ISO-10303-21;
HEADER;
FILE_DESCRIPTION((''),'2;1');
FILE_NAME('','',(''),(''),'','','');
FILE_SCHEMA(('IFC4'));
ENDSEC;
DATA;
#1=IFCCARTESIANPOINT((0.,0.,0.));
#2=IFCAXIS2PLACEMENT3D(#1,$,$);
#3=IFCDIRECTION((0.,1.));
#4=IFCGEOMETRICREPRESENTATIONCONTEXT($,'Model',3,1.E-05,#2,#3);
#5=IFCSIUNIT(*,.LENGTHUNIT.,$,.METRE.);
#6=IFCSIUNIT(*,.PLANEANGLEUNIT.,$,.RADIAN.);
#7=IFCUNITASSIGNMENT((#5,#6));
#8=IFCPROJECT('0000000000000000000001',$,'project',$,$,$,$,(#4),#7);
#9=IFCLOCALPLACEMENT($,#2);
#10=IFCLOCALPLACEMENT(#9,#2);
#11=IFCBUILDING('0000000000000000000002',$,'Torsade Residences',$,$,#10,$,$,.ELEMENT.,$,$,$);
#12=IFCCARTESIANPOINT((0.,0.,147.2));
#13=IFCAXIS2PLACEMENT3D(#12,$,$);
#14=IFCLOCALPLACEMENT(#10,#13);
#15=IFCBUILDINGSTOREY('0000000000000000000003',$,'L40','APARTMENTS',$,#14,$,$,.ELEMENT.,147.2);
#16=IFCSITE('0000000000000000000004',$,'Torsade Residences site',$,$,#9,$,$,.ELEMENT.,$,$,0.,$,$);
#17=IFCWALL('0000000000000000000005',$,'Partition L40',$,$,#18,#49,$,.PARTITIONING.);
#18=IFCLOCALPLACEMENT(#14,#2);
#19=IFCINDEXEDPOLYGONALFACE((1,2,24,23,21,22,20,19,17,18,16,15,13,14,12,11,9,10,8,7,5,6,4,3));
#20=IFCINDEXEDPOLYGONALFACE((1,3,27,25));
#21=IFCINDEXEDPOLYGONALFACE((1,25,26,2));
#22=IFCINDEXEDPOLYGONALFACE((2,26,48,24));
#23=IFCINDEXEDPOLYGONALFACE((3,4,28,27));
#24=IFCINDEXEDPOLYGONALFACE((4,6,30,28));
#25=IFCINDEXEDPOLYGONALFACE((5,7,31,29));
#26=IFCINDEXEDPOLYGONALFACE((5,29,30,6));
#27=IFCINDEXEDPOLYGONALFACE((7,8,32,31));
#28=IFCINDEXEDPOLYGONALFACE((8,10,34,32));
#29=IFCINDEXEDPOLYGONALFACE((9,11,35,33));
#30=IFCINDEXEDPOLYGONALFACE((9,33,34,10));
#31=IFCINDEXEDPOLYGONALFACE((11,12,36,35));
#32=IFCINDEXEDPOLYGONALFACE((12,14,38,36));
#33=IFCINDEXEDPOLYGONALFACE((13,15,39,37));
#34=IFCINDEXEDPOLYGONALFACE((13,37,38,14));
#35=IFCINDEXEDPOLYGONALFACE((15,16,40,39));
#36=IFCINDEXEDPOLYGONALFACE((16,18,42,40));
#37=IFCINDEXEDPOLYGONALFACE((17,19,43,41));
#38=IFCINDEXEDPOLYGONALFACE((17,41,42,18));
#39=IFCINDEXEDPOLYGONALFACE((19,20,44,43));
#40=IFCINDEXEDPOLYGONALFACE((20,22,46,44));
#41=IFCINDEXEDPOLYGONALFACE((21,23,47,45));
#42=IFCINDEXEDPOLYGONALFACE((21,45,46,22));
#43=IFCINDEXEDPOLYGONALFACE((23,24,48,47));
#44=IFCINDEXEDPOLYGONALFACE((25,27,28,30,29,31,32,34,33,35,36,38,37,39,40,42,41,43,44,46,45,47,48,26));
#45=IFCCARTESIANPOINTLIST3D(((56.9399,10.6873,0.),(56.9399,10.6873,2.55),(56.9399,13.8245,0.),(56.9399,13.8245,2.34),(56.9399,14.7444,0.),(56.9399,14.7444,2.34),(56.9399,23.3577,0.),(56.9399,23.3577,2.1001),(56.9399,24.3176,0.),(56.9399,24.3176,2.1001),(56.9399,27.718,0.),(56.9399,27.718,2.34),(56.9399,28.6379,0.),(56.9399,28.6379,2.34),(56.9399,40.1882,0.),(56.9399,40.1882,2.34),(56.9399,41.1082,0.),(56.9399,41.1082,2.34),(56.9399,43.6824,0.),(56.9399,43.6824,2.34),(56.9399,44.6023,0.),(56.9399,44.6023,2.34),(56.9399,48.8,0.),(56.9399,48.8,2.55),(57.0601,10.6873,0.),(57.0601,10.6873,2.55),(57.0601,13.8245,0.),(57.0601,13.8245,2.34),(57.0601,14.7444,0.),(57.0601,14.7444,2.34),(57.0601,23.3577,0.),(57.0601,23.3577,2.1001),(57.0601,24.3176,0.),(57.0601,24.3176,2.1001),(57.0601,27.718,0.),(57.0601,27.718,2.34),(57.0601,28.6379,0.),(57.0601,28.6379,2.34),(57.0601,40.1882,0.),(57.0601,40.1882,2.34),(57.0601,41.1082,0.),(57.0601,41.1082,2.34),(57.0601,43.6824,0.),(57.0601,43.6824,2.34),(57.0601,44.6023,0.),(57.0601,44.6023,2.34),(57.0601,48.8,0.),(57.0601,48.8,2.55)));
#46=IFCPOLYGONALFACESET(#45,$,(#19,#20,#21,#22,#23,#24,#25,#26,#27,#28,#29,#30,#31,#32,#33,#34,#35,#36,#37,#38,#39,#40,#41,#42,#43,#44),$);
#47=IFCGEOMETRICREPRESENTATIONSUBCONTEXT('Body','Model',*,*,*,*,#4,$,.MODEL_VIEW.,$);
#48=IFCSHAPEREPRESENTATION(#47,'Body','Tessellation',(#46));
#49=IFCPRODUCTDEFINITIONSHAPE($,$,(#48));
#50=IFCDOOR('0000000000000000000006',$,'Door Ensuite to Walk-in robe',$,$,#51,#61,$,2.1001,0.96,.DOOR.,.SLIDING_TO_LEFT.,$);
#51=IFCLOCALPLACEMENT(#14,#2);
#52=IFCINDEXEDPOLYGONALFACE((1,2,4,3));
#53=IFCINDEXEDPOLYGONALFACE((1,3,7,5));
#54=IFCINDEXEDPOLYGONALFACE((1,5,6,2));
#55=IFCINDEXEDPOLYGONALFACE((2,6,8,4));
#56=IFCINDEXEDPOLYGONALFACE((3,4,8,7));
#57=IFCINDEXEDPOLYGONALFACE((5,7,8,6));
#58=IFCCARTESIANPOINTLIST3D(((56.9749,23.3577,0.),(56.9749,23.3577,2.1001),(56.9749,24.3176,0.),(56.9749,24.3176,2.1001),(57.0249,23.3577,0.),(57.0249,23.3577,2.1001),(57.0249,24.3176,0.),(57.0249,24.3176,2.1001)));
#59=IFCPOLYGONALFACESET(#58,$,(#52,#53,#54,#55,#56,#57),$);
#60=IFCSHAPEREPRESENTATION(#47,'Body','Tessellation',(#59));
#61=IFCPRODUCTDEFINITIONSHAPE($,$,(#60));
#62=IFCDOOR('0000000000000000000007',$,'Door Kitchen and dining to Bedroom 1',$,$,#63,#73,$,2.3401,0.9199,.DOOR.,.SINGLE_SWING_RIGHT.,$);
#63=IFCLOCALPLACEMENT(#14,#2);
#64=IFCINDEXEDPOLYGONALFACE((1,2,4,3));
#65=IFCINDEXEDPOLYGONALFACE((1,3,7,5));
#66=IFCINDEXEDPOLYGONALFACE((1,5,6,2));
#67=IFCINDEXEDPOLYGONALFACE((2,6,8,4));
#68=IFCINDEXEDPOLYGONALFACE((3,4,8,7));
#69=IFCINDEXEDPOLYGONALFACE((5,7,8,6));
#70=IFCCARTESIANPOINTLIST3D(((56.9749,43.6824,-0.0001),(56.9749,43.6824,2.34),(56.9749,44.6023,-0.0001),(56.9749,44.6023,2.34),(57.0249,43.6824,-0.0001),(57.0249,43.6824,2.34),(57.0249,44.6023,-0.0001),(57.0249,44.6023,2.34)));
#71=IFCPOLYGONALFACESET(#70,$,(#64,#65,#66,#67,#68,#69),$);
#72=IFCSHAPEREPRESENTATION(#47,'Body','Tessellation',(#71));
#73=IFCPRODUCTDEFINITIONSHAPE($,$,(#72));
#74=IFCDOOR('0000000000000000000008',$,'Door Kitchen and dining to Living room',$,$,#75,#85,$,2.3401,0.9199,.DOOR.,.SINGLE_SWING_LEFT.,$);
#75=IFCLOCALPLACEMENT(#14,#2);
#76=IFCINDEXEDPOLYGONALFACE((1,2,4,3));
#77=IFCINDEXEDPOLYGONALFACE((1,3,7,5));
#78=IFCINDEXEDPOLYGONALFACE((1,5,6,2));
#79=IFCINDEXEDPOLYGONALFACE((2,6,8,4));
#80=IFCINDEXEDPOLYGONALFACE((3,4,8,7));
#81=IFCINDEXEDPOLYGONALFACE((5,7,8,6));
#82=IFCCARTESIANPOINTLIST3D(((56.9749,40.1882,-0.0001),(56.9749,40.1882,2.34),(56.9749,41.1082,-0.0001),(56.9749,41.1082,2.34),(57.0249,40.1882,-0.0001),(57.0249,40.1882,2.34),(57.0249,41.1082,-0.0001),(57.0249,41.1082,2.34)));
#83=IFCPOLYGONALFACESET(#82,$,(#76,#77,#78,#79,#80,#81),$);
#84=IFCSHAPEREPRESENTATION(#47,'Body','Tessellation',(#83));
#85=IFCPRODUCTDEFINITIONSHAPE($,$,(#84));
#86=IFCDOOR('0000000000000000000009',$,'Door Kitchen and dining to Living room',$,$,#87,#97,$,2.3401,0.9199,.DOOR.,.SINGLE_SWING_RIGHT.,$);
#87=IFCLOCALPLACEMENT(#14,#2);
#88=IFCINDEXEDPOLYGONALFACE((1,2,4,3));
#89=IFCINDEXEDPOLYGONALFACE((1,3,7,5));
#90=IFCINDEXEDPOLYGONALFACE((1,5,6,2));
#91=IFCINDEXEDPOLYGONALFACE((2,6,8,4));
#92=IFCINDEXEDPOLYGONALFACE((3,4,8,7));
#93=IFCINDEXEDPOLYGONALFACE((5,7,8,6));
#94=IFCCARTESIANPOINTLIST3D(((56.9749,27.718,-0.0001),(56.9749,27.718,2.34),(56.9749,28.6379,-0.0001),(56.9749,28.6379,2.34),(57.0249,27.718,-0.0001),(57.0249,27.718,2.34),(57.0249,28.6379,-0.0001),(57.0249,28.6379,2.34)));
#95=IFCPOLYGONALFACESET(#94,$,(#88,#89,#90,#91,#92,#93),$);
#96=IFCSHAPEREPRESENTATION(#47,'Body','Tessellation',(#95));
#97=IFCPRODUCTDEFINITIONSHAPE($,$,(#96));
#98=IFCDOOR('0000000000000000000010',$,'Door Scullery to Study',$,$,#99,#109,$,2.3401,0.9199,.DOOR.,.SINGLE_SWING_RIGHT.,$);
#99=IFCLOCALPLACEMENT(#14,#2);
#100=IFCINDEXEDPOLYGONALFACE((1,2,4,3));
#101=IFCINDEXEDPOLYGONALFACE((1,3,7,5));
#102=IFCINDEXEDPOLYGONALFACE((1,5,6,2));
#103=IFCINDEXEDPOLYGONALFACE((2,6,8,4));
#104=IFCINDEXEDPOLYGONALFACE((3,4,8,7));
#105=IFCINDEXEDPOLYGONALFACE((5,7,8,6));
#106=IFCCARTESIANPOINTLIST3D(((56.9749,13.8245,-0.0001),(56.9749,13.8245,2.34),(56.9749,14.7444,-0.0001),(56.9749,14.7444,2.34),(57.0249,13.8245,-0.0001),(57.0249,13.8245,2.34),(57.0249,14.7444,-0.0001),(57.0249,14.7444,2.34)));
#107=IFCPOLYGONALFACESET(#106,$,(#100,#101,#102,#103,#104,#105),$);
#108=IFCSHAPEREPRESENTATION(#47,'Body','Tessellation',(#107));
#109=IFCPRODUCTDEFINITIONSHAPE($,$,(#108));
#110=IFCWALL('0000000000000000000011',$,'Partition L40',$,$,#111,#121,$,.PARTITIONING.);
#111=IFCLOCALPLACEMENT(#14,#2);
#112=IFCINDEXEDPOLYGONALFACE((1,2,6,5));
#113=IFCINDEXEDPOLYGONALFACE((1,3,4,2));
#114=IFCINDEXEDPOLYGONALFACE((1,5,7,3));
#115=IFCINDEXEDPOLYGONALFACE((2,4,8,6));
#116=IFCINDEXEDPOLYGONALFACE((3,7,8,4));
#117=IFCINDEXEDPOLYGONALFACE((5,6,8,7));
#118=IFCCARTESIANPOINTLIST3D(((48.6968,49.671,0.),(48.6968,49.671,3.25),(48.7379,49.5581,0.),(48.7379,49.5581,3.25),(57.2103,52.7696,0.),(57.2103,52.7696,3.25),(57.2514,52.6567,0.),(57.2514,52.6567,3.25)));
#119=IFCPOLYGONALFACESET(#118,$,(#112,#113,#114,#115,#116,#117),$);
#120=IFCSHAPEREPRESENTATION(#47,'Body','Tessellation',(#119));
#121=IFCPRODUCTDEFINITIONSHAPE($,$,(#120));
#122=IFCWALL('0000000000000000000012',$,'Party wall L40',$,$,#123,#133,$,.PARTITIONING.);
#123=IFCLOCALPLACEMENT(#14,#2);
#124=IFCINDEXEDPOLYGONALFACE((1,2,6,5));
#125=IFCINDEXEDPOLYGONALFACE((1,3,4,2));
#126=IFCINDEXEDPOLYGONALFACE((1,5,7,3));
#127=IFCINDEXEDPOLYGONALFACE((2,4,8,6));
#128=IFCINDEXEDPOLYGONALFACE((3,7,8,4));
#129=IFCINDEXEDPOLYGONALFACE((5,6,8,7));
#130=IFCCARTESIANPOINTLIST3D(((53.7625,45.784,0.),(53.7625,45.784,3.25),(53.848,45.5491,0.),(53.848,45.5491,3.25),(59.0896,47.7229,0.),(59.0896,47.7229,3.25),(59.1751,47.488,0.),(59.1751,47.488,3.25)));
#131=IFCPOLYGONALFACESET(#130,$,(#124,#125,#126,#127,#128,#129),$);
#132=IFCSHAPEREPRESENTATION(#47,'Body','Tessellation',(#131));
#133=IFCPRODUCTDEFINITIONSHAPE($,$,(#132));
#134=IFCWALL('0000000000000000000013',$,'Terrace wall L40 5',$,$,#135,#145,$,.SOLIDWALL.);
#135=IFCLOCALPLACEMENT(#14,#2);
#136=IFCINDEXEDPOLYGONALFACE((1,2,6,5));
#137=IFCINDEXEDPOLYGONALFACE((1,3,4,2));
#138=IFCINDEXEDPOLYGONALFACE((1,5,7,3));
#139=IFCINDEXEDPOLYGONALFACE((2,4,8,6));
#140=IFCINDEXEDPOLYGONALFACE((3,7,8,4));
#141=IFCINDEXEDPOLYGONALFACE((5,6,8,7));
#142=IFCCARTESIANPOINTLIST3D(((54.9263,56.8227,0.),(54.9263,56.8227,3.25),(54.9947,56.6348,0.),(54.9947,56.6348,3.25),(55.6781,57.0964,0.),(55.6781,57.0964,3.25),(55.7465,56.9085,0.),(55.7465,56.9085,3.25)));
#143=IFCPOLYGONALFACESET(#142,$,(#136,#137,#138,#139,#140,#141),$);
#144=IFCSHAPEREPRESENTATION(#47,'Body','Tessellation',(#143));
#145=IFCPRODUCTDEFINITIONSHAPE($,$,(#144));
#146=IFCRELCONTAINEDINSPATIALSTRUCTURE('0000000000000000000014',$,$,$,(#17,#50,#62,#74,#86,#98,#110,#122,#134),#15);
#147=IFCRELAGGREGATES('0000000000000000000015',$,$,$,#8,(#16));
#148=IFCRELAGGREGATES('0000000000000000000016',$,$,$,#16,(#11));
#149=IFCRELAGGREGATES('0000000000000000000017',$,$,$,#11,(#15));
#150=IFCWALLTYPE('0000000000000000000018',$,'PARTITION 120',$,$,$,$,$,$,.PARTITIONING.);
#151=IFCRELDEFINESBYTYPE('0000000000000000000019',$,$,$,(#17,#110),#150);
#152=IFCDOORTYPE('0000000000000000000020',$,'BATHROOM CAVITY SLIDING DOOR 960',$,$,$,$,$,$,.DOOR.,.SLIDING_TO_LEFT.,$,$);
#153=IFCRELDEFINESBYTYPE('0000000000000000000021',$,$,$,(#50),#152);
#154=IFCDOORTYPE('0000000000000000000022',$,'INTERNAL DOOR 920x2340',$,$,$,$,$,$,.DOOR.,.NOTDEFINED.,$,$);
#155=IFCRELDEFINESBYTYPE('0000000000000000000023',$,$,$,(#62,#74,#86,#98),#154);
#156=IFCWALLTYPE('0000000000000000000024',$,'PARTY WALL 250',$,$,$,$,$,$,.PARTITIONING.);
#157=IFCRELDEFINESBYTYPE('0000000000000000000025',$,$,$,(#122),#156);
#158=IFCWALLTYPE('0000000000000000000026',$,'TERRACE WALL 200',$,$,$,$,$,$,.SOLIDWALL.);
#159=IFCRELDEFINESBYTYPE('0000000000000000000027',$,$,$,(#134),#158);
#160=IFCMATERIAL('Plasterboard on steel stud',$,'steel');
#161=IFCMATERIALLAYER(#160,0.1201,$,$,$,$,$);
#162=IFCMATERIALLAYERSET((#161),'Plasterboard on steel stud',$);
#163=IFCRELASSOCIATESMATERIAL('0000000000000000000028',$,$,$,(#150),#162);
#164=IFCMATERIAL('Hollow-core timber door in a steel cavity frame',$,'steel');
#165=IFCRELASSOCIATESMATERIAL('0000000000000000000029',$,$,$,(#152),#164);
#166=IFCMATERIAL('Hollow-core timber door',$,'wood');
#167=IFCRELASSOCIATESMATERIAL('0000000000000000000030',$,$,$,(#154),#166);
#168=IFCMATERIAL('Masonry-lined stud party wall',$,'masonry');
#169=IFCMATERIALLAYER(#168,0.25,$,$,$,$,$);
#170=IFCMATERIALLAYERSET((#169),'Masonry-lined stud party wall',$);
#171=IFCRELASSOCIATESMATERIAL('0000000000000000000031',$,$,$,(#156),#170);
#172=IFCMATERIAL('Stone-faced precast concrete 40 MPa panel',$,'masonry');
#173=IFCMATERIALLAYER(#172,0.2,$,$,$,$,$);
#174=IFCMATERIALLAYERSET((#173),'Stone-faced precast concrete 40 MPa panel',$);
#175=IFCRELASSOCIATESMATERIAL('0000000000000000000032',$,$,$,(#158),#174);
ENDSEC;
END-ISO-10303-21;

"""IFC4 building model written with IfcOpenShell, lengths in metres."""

from ifc_helpers import new_model, si_unit, direction, frame, frame_2d, origin, place, context, subcontext, project, spatial, rectangle, extrude, material, layer, layer_set, type_object, element, fill, save


model = new_model("IFC4")

# Units and contexts
model_context = context("Model", 3, precision=1e-05, world=origin(), true_north=direction((0.0, 1.0)))
body_context = subcontext(model_context, "Body", "Model", "MODEL_VIEW")
ifc_project = project(units=[si_unit("LENGTHUNIT", "METRE"), si_unit("PLANEANGLEUNIT", "RADIAN")], contexts=[model_context])

# Site, building, storey
site_placement = place(None, origin())
site = spatial("IfcSite", under=ifc_project, at=site_placement, Name="Torsade Residences site", CompositionType="ELEMENT", RefElevation=0.0)
building_placement = place(site_placement, origin())
building = spatial("IfcBuilding", under=site, at=building_placement, Name="Torsade Residences", CompositionType="ELEMENT")
storey_placement = place(building_placement, frame((0.0, 0.0, 147.2)))
storey = spatial("IfcBuildingStorey", under=building, at=storey_placement, Name="L40", Description="APARTMENTS", CompositionType="ELEMENT", Elevation=147.2)

# Wall, openings, doors
ifc_material_1 = material(Name="Plasterboard on steel stud", Category="steel")
ifc_layer_1 = layer(ifc_material_1, 0.1201)
ifc_layer_set_1 = layer_set([ifc_layer_1], Name="Plasterboard on steel stud")
wall_type_1 = type_object("IfcWallType", Name="PARTITION 120", PredefinedType="PARTITIONING", material=ifc_layer_set_1)
wall_1_placement = place(storey_placement, frame((57.0, 48.8, 0.0), z_axis=(0.0, 0.0, 1.0), x_axis=(0.0, -1.0, 0.0)))
wall_1 = element("IfcWall", 1, at=wall_1_placement, inside=storey, type_object=wall_type_1, Name="Partition L40", PredefinedType="PARTITIONING", context=body_context, shape_type="SweptSolid", body=[
    extrude(rectangle(XDim=38.1128, YDim=0.1201, at=frame_2d((19.0564, 0.0))), origin(), (0.0, 0.0, 1.0), 2.55),
])
opening_1_placement = place(wall_1_placement, frame((4.1978, 0.0, 0.0)))
opening_1 = element("IfcOpeningElement", 2, at=opening_1_placement, cuts=wall_1, PredefinedType="OPENING", context=body_context, shape_type="SweptSolid", body=[
    extrude(rectangle(XDim=0.9199, YDim=2.3401, at=frame_2d((0.46, 1.1699))), frame((0.0, 0.0701, 0.0), z_axis=(0.0, -1.0, 0.0), x_axis=(1.0, 0.0, 0.0)), (0.0, 0.0, 1.0), 0.1401),
])
opening_2_placement = place(wall_1_placement, frame((7.6919, 0.0, 0.0)))
opening_2 = element("IfcOpeningElement", 3, at=opening_2_placement, cuts=wall_1, PredefinedType="OPENING", context=body_context, shape_type="SweptSolid", body=[
    extrude(rectangle(XDim=0.9199, YDim=2.3401, at=frame_2d((0.46, 1.1699))), frame((0.0, 0.0701, 0.0), z_axis=(0.0, -1.0, 0.0), x_axis=(1.0, 0.0, 0.0)), (0.0, 0.0, 1.0), 0.1401),
])
opening_3_placement = place(wall_1_placement, frame((20.1621, 0.0, 0.0)))
opening_3 = element("IfcOpeningElement", 4, at=opening_3_placement, cuts=wall_1, PredefinedType="OPENING", context=body_context, shape_type="SweptSolid", body=[
    extrude(rectangle(XDim=0.9199, YDim=2.3401, at=frame_2d((0.46, 1.1699))), frame((0.0, 0.0701, 0.0), z_axis=(0.0, -1.0, 0.0), x_axis=(1.0, 0.0, 0.0)), (0.0, 0.0, 1.0), 0.1401),
])
opening_4_placement = place(wall_1_placement, frame((34.0557, 0.0, 0.0)))
opening_4 = element("IfcOpeningElement", 5, at=opening_4_placement, cuts=wall_1, PredefinedType="OPENING", context=body_context, shape_type="SweptSolid", body=[
    extrude(rectangle(XDim=0.9199, YDim=2.3401, at=frame_2d((0.46, 1.1699))), frame((0.0, 0.0701, 0.0), z_axis=(0.0, -1.0, 0.0), x_axis=(1.0, 0.0, 0.0)), (0.0, 0.0, 1.0), 0.1401),
])
opening_5_placement = place(wall_1_placement, frame((24.4824, 0.0, 0.0)))
opening_5 = element("IfcOpeningElement", 6, at=opening_5_placement, cuts=wall_1, PredefinedType="OPENING", context=body_context, shape_type="SweptSolid", body=[
    extrude(rectangle(XDim=0.96, YDim=2.1001, at=frame_2d((0.48, 1.05))), frame((0.0, 0.0701, 0.0), z_axis=(0.0, -1.0, 0.0), x_axis=(1.0, 0.0, 0.0)), (0.0, 0.0, 1.0), 0.1401),
])
ifc_material_2 = material(Name="Hollow-core timber door in a steel cavity frame", Category="steel")
door_type_1 = type_object("IfcDoorType", Name="BATHROOM CAVITY SLIDING DOOR 960", OperationType="SLIDING_TO_LEFT", PredefinedType="DOOR", material=ifc_material_2)
door_1_placement = place(opening_5_placement, origin())
door_1 = element("IfcDoor", 7, at=door_1_placement, inside=storey, type_object=door_type_1, Name="Door Ensuite to Walk-in robe", OperationType="SLIDING_TO_LEFT", OverallHeight=2.1001, OverallWidth=0.96, PredefinedType="DOOR", context=body_context, shape_type="SweptSolid", body=[
    extrude(rectangle(XDim=0.96, YDim=2.1001, at=frame_2d((0.48, 1.05))), frame((0.0, 0.0249, 0.0), z_axis=(0.0, -1.0, 0.0), x_axis=(1.0, 0.0, 0.0)), (0.0, 0.0, 1.0), 0.05),
])
fill(opening_5, door_1)
ifc_material_3 = material(Name="Hollow-core timber door", Category="wood")
door_type_2 = type_object("IfcDoorType", Name="INTERNAL DOOR 920x2340", OperationType="NOTDEFINED", PredefinedType="DOOR", material=ifc_material_3)
door_2_placement = place(opening_1_placement, origin())
door_2 = element("IfcDoor", 8, at=door_2_placement, inside=storey, type_object=door_type_2, Name="Door Kitchen and dining to Bedroom 1", OperationType="SINGLE_SWING_RIGHT", OverallHeight=2.3401, OverallWidth=0.9199, PredefinedType="DOOR", context=body_context, shape_type="SweptSolid", body=[
    extrude(rectangle(XDim=0.9199, YDim=2.3401, at=frame_2d((0.46, 1.1699))), frame((0.0, 0.0249, 0.0), z_axis=(0.0, -1.0, 0.0), x_axis=(1.0, 0.0, 0.0)), (0.0, 0.0, 1.0), 0.05),
])
fill(opening_1, door_2)
door_3_placement = place(opening_2_placement, origin())
door_3 = element("IfcDoor", 9, at=door_3_placement, inside=storey, type_object=door_type_2, Name="Door Kitchen and dining to Living room", OperationType="SINGLE_SWING_LEFT", OverallHeight=2.3401, OverallWidth=0.9199, PredefinedType="DOOR", context=body_context, shape_type="SweptSolid", body=[
    extrude(rectangle(XDim=0.9199, YDim=2.3401, at=frame_2d((0.46, 1.1699))), frame((0.0, 0.0249, 0.0), z_axis=(0.0, -1.0, 0.0), x_axis=(1.0, 0.0, 0.0)), (0.0, 0.0, 1.0), 0.05),
])
fill(opening_2, door_3)
door_4_placement = place(opening_3_placement, origin())
door_4 = element("IfcDoor", 10, at=door_4_placement, inside=storey, type_object=door_type_2, Name="Door Kitchen and dining to Living room", OperationType="SINGLE_SWING_RIGHT", OverallHeight=2.3401, OverallWidth=0.9199, PredefinedType="DOOR", context=body_context, shape_type="SweptSolid", body=[
    extrude(rectangle(XDim=0.9199, YDim=2.3401, at=frame_2d((0.46, 1.1699))), frame((0.0, 0.0249, 0.0), z_axis=(0.0, -1.0, 0.0), x_axis=(1.0, 0.0, 0.0)), (0.0, 0.0, 1.0), 0.05),
])
fill(opening_3, door_4)
door_5_placement = place(opening_4_placement, origin())
door_5 = element("IfcDoor", 11, at=door_5_placement, inside=storey, type_object=door_type_2, Name="Door Scullery to Study", OperationType="SINGLE_SWING_RIGHT", OverallHeight=2.3401, OverallWidth=0.9199, PredefinedType="DOOR", context=body_context, shape_type="SweptSolid", body=[
    extrude(rectangle(XDim=0.9199, YDim=2.3401, at=frame_2d((0.46, 1.1699))), frame((0.0, 0.0249, 0.0), z_axis=(0.0, -1.0, 0.0), x_axis=(1.0, 0.0, 0.0)), (0.0, 0.0, 1.0), 0.05),
])
fill(opening_4, door_5)

# Walls
wall_2_placement = place(storey_placement, frame((57.2307, 52.7131, 0.0), z_axis=(0.0, 0.0, 1.0), x_axis=(-0.939693, -0.34202, 0.0)))
element("IfcWall", 12, at=wall_2_placement, inside=storey, type_object=wall_type_1, Name="Partition L40", PredefinedType="PARTITIONING", context=body_context, shape_type="SweptSolid", body=[
    extrude(rectangle(XDim=9.0598, YDim=0.1201, at=frame_2d((4.5298, 0.0))), origin(), (0.0, 0.0, 1.0), 3.25),
])
ifc_material_4 = material(Name="Masonry-lined stud party wall", Category="masonry")
ifc_layer_2 = layer(ifc_material_4, 0.25)
ifc_layer_set_2 = layer_set([ifc_layer_2], Name="Masonry-lined stud party wall")
wall_type_2 = type_object("IfcWallType", Name="PARTY WALL 250", PredefinedType="PARTITIONING", material=ifc_layer_set_2)
wall_3_placement = place(storey_placement, frame((59.1323, 47.6055, 0.0), z_axis=(0.0, 0.0, 1.0), x_axis=(-0.93969, -0.342027, 0.0)))
element("IfcWall", 13, at=wall_3_placement, inside=storey, type_object=wall_type_2, Name="Party wall L40", PredefinedType="PARTITIONING", context=body_context, shape_type="SweptSolid", body=[
    extrude(rectangle(XDim=5.6689, YDim=0.25, at=frame_2d((2.8345, 0.0))), origin(), (0.0, 0.0, 1.0), 3.25),
])
ifc_material_5 = material(Name="Stone-faced precast concrete 40 MPa panel", Category="masonry")
ifc_layer_3 = layer(ifc_material_5, 0.2)
ifc_layer_set_3 = layer_set([ifc_layer_3], Name="Stone-faced precast concrete 40 MPa panel")
wall_type_3 = type_object("IfcWallType", Name="TERRACE WALL 200", PredefinedType="SOLIDWALL", material=ifc_layer_set_3)
wall_4_placement = place(storey_placement, frame((55.7122, 57.0024, 0.0), z_axis=(0.0, 0.0, 1.0), x_axis=(-0.93966, -0.342111, 0.0)))
element("IfcWall", 14, at=wall_4_placement, inside=storey, type_object=wall_type_3, Name="Terrace wall L40 5", PredefinedType="SOLIDWALL", context=body_context, shape_type="SweptSolid", body=[
    extrude(rectangle(XDim=0.8, YDim=0.2, at=frame_2d((0.3999, 0.0))), origin(), (0.0, 0.0, 1.0), 3.25),
])

save(model, "model.ifc")
